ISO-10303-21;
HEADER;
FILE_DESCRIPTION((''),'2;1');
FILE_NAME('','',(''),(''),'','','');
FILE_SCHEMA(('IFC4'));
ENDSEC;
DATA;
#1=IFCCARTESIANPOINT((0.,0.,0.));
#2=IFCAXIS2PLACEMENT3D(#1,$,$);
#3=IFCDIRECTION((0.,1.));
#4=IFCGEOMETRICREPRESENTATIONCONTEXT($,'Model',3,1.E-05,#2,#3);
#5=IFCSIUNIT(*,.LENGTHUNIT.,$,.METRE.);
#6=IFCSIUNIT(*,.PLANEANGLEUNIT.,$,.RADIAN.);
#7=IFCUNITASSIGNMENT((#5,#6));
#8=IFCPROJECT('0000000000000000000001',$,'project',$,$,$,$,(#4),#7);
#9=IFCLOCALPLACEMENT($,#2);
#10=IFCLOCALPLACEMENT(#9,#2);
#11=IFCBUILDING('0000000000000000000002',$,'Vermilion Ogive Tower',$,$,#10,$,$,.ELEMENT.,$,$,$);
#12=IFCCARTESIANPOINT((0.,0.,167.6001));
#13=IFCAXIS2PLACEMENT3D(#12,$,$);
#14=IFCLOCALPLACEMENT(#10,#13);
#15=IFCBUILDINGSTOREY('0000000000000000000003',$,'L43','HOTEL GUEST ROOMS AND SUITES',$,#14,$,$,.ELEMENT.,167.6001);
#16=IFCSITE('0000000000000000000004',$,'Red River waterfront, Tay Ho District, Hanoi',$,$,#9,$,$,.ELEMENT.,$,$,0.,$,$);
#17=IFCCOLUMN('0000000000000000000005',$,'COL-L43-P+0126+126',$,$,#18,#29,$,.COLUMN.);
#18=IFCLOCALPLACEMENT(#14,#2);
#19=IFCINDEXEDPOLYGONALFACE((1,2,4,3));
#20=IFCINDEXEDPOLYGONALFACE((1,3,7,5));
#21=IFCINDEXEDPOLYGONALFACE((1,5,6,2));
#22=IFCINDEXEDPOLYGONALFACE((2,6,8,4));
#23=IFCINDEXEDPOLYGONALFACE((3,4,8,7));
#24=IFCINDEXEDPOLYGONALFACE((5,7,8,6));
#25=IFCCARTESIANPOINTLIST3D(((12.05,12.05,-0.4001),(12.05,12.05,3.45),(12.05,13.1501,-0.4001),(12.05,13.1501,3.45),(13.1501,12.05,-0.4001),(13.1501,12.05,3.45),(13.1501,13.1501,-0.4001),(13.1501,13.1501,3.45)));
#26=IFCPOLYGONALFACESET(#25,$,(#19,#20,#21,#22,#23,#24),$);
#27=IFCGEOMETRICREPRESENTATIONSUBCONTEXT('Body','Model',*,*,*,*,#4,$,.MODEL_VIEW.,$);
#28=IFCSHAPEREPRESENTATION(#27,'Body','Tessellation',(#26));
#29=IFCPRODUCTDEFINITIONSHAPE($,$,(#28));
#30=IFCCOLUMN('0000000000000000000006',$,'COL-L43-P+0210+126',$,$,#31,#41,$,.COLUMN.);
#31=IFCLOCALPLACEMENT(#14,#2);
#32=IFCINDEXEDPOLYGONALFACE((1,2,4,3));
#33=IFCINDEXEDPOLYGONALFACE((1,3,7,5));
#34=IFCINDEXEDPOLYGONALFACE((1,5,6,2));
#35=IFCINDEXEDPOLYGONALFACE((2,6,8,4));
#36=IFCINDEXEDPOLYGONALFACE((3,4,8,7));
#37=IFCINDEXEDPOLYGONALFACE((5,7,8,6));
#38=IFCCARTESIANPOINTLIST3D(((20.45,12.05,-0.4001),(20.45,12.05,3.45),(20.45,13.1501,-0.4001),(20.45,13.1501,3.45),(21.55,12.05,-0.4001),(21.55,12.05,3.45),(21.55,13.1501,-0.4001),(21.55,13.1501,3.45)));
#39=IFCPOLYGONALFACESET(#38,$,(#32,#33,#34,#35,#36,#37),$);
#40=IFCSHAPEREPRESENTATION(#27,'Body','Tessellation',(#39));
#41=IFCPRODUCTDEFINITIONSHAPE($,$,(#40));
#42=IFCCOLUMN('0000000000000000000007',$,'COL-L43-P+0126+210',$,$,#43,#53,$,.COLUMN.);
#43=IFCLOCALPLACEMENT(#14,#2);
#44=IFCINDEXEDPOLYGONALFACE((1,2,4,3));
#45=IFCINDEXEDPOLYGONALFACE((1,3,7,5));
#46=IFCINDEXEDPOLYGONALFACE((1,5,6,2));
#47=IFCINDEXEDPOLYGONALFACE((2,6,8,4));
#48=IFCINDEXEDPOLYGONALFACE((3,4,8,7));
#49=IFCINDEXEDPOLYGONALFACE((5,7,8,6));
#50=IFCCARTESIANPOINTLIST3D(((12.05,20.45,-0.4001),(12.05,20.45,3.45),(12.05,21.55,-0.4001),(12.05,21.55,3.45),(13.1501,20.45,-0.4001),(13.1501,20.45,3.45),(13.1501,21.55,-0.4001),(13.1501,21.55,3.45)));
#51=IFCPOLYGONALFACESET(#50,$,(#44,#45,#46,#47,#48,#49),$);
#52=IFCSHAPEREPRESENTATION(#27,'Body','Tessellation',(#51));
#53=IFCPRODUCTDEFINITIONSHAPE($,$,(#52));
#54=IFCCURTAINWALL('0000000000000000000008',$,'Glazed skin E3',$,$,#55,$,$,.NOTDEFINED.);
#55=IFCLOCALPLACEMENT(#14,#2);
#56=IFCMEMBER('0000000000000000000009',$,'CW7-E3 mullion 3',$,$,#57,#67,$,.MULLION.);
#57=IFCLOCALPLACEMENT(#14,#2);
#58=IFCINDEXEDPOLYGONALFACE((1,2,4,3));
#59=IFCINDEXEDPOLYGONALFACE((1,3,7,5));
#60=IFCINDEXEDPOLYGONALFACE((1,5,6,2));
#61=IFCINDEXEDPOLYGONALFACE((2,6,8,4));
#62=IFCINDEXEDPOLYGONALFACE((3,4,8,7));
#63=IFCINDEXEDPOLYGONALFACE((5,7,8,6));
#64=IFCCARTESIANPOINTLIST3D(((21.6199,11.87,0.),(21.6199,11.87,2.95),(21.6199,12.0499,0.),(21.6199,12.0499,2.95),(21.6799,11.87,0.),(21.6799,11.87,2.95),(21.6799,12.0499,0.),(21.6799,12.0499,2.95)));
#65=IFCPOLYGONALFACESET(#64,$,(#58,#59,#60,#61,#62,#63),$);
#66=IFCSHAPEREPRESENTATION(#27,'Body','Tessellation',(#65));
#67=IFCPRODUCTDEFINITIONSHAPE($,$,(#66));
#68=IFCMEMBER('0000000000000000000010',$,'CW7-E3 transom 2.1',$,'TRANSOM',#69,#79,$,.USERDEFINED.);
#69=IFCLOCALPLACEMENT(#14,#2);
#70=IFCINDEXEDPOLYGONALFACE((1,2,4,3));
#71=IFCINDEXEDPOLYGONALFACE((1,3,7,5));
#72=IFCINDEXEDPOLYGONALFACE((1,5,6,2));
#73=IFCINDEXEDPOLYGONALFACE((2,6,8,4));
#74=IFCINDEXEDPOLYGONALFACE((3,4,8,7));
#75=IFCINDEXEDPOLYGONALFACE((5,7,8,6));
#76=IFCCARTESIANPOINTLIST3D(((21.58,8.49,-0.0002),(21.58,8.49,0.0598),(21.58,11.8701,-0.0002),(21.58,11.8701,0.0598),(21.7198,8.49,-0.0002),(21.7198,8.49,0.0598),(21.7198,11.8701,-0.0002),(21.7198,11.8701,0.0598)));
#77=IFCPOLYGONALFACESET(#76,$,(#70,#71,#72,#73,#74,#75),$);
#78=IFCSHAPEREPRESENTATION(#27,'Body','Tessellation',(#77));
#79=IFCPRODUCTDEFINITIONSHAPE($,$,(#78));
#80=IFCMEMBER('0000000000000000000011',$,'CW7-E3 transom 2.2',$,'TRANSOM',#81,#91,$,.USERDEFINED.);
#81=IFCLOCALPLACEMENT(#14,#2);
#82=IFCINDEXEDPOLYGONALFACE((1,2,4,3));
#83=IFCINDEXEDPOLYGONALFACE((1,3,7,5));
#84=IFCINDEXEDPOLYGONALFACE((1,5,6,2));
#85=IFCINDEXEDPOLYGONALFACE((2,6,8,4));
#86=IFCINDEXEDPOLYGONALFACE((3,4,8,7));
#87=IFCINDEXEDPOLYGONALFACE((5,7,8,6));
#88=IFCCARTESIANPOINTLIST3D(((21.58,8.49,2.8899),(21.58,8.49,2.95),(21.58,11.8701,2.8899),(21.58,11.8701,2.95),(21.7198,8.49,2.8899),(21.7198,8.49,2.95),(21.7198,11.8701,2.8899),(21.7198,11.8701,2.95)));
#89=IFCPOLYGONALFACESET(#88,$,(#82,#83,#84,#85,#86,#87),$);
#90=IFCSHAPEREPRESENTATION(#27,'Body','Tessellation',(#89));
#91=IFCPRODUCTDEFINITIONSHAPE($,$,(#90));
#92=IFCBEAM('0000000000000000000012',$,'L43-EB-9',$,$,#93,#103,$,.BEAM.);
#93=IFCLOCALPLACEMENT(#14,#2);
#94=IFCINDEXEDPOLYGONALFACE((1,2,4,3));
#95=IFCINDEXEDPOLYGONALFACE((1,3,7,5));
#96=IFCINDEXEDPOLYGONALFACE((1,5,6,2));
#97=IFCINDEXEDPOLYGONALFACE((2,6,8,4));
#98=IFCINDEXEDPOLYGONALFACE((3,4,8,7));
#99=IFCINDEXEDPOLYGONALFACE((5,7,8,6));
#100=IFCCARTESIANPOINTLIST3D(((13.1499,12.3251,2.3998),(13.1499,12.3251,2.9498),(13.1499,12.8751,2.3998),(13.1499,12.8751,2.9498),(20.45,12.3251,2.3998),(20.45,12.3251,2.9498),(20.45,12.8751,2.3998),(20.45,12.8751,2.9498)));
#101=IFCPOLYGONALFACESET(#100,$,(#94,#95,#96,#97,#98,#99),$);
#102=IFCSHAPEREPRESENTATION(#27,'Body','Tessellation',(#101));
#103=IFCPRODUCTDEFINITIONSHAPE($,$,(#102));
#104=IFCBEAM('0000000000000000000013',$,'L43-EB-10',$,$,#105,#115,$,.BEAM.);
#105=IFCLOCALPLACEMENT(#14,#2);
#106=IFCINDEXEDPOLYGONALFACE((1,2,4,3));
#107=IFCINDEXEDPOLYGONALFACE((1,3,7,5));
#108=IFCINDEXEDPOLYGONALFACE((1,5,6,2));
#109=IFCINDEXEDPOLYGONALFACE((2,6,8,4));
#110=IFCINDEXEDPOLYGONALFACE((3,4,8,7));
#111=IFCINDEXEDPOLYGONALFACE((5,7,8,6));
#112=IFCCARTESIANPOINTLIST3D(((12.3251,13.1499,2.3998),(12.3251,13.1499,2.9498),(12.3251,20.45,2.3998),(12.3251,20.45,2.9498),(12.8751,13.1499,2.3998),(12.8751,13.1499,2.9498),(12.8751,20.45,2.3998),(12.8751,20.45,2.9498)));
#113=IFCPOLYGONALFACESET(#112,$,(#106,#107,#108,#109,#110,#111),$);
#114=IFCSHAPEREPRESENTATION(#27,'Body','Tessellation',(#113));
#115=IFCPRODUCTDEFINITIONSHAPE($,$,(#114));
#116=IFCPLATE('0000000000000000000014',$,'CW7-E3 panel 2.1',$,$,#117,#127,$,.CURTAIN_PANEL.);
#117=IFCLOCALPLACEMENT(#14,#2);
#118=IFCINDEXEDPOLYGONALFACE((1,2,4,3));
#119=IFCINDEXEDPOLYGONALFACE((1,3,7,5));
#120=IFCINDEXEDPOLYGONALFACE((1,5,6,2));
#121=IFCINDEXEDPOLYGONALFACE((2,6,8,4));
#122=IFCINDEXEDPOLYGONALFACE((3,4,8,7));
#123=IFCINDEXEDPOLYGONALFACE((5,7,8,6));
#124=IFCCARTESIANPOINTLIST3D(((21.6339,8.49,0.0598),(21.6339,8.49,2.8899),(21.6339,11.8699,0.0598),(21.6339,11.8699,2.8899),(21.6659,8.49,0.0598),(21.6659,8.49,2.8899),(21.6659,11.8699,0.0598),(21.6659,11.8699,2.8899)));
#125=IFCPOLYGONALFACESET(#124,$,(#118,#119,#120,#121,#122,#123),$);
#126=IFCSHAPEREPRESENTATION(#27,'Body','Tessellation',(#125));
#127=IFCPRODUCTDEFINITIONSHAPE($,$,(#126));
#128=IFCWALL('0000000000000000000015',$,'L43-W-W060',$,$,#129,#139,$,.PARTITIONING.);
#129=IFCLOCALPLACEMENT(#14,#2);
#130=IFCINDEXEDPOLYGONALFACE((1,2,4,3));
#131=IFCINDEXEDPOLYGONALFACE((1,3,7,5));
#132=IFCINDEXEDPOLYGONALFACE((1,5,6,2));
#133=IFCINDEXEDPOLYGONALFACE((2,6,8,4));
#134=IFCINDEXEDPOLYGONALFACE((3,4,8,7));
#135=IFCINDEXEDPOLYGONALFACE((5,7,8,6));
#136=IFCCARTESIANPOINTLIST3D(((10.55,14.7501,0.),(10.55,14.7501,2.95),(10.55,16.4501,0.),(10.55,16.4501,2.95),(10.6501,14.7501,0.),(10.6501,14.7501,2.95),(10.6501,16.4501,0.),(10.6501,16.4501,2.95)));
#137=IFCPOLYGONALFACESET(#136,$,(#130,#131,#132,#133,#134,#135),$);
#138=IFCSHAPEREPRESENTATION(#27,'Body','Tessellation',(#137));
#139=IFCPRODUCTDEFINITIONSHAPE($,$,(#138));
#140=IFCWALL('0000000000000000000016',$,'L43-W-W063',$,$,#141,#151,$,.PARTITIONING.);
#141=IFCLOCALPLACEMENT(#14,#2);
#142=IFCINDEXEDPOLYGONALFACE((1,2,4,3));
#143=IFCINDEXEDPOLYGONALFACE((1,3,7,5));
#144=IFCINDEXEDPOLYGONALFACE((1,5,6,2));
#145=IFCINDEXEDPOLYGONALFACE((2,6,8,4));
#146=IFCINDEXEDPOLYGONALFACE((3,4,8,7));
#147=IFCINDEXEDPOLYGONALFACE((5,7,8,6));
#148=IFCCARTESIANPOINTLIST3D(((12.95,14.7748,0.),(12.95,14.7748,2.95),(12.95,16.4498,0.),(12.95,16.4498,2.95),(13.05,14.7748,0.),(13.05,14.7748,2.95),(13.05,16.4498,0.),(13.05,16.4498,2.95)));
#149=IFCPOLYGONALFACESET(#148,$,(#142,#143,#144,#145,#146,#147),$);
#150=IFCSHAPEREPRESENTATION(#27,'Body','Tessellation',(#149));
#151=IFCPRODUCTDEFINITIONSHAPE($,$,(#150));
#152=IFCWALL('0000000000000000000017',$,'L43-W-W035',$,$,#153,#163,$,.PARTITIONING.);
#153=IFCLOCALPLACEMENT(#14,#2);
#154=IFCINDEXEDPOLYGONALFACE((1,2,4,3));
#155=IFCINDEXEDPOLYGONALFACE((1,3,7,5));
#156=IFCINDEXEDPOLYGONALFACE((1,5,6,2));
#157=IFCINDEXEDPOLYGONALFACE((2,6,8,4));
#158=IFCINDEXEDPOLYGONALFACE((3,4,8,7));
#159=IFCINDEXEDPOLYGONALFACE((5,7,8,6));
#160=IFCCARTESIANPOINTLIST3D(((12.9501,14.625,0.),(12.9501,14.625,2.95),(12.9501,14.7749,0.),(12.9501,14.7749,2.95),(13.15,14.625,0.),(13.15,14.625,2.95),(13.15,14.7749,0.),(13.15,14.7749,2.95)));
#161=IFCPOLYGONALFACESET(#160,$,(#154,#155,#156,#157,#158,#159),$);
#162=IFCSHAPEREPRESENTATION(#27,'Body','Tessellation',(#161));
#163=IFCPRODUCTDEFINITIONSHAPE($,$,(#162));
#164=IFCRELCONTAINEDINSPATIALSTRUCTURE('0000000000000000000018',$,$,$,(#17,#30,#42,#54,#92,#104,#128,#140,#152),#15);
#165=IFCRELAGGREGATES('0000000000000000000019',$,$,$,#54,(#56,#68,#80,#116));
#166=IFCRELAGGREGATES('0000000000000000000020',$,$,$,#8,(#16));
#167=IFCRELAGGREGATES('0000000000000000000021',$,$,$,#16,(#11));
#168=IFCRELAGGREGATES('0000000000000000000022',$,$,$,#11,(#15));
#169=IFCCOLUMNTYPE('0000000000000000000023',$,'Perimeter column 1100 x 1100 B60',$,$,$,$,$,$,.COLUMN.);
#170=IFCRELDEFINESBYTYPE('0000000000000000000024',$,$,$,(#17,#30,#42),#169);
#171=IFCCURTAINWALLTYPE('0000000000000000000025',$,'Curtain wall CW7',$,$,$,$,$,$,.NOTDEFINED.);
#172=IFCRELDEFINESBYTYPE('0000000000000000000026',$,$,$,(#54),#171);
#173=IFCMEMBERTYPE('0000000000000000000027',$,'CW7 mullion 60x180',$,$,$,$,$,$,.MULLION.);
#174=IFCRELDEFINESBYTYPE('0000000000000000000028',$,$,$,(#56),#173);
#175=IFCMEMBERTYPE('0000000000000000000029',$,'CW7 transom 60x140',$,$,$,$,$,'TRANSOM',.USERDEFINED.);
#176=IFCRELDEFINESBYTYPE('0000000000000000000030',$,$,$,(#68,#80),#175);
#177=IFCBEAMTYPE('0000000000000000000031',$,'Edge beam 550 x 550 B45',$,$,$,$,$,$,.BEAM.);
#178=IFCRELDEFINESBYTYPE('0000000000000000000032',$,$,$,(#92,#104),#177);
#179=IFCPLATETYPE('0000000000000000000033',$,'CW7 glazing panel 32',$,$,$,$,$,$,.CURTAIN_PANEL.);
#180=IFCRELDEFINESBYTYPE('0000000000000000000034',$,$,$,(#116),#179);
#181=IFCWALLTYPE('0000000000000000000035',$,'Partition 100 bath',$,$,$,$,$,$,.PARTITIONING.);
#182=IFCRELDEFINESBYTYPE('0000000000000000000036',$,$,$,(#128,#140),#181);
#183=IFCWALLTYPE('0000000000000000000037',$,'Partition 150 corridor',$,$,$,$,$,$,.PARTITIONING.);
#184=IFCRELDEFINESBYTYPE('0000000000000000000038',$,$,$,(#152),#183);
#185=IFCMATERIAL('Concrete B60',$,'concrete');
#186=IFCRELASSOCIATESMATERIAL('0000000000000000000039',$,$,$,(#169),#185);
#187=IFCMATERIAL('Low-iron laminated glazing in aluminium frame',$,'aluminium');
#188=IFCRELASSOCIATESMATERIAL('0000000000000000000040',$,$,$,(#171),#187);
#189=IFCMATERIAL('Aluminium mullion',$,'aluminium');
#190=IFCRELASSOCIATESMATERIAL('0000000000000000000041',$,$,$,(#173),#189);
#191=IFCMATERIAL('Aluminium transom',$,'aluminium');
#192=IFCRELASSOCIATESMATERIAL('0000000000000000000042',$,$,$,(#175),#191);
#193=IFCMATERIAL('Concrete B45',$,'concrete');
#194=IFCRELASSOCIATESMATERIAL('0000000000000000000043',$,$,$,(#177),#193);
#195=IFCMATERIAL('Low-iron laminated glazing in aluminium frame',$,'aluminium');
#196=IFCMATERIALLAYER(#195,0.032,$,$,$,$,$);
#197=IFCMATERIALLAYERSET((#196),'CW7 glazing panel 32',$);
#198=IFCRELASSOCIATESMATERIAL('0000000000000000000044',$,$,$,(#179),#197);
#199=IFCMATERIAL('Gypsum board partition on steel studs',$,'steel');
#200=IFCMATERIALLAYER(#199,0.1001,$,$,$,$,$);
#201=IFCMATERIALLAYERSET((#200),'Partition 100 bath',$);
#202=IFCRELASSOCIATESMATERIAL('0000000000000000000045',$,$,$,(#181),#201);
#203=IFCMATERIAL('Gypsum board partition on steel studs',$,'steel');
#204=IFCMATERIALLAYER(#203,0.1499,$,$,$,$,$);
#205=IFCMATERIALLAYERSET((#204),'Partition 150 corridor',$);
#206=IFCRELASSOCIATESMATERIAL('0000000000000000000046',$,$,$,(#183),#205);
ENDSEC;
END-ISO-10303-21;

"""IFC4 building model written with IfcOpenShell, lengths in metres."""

from ifc_helpers import new_model, si_unit, direction, frame, frame_2d, origin, origin_2d, place, context, subcontext, project, spatial, rectangle, extrude, material, layer, layer_set, material_profile, profile_set, type_object, element, aggregate, save


model = new_model("IFC4")

# Units and contexts
model_context = context("Model", 3, precision=1e-05, world=origin(), true_north=direction((0.0, 1.0)))
body_context = subcontext(model_context, "Body", "Model", "MODEL_VIEW")
ifc_project = project(units=[si_unit("LENGTHUNIT", "METRE"), si_unit("PLANEANGLEUNIT", "RADIAN")], contexts=[model_context])

# Site, building, storey
site_placement = place(None, origin())
site = spatial("IfcSite", under=ifc_project, at=site_placement, Name="Red River waterfront, Tay Ho District, Hanoi", CompositionType="ELEMENT", RefElevation=0.0)
building_placement = place(site_placement, origin())
building = spatial("IfcBuilding", under=site, at=building_placement, Name="Vermilion Ogive Tower", CompositionType="ELEMENT")
storey_placement = place(building_placement, frame((0.0, 0.0, 167.6001)))
storey = spatial("IfcBuildingStorey", under=building, at=storey_placement, Name="L43", Description="HOTEL GUEST ROOMS AND SUITES", CompositionType="ELEMENT", Elevation=167.6001)

# Columns
ifc_material_1 = material(Name="Concrete B60", Category="concrete")
ifc_material_profile_1 = material_profile(ifc_material_1, rectangle(XDim=1.1001, YDim=1.1001, at=origin_2d()), Name="1100 x 1100")
ifc_profile_set_1 = profile_set([ifc_material_profile_1], Name="Concrete B60")
column_type = type_object("IfcColumnType", Name="Perimeter column 1100 x 1100 B60", PredefinedType="COLUMN", material=ifc_profile_set_1)
for number, where, z_axis, x_axis, name in (
    (1, (12.6001, 12.6001, -0.4001), (0.0, 0.0, 1.0), (1.0, 0.0, 0.0), "COL-L43-P+0126+126"),
    (2, (21.0, 12.6001, -0.4001), (0.0, 0.0, 1.0), (1.0, 0.0, 0.0), "COL-L43-P+0210+126"),
    (3, (12.6001, 21.0, -0.4001), (0.0, 0.0, 1.0), (1.0, 0.0, 0.0), "COL-L43-P+0126+210"),
):
    element("IfcColumn", number, at=place(storey_placement, frame(where, z_axis=z_axis, x_axis=x_axis)), inside=storey, type_object=column_type, Name=name, PredefinedType="COLUMN", context=body_context, shape_type="SweptSolid", body=[
        extrude(rectangle(XDim=1.1001, YDim=1.1001, at=origin_2d()), origin(), (0.0, 0.0, 1.0), 3.8501),
    ])

# Curtain wall, members
ifc_material_2 = material(Name="Low-iron laminated glazing in aluminium frame", Category="aluminium")
curtain_wall_type = type_object("IfcCurtainWallType", Name="Curtain wall CW7", PredefinedType="NOTDEFINED", material=ifc_material_2)
curtain_wall_placement = place(storey_placement, origin())
curtain_wall = element("IfcCurtainWall", 4, at=curtain_wall_placement, inside=storey, type_object=curtain_wall_type, Name="Glazed skin E3", PredefinedType="NOTDEFINED")
ifc_material_3 = material(Name="Aluminium mullion", Category="aluminium")
ifc_material_profile_2 = material_profile(ifc_material_3, rectangle(XDim=0.0601, YDim=0.1799, at=origin_2d()), Name="AL 60x180")
ifc_profile_set_2 = profile_set([ifc_material_profile_2], Name="Aluminium mullion")
member_type_1 = type_object("IfcMemberType", Name="CW7 mullion 60x180", PredefinedType="MULLION", material=ifc_profile_set_2)
member_1_placement = place(storey_placement, frame((21.6499, 11.96, 0.0), z_axis=(0.0, 0.0, 1.0), x_axis=(-1.0, 0.0, 0.0)))
member_1 = element("IfcMember", 5, at=member_1_placement, type_object=member_type_1, Name="CW7-E3 mullion 3", PredefinedType="MULLION", context=body_context, shape_type="SweptSolid", body=[
    extrude(rectangle(XDim=0.0601, YDim=0.1799, at=origin_2d()), origin(), (0.0, 0.0, 1.0), 2.95),
])
ifc_material_4 = material(Name="Aluminium transom", Category="aluminium")
ifc_material_profile_3 = material_profile(ifc_material_4, rectangle(XDim=0.1399, YDim=0.0601, at=origin_2d()), Name="AL 60x140")
ifc_profile_set_3 = profile_set([ifc_material_profile_3], Name="Aluminium transom")
member_type_2 = type_object("IfcMemberType", Name="CW7 transom 60x140", ElementType="TRANSOM", PredefinedType="USERDEFINED", material=ifc_profile_set_3)
member_2_placement = place(storey_placement, frame((21.6499, 8.49, 0.0298), z_axis=(0.0, 1.0, 0.0), x_axis=(-1.0, 0.0, 0.0)))
member_2 = element("IfcMember", 6, at=member_2_placement, type_object=member_type_2, Name="CW7-E3 transom 2.1", ObjectType="TRANSOM", PredefinedType="USERDEFINED", context=body_context, shape_type="SweptSolid", body=[
    extrude(rectangle(XDim=0.1399, YDim=0.0601, at=origin_2d()), origin(), (0.0, 0.0, 1.0), 3.3801),
])
member_3_placement = place(storey_placement, frame((21.6499, 8.49, 2.9199), z_axis=(0.0, 1.0, 0.0), x_axis=(-1.0, 0.0, 0.0)))
member_3 = element("IfcMember", 7, at=member_3_placement, type_object=member_type_2, Name="CW7-E3 transom 2.2", ObjectType="TRANSOM", PredefinedType="USERDEFINED", context=body_context, shape_type="SweptSolid", body=[
    extrude(rectangle(XDim=0.1399, YDim=0.0601, at=origin_2d()), origin(), (0.0, 0.0, 1.0), 3.3801),
])

# Beams
ifc_material_5 = material(Name="Concrete B45", Category="concrete")
ifc_material_profile_4 = material_profile(ifc_material_5, rectangle(XDim=0.55, YDim=0.55, at=origin_2d()), Name="550 x 550")
ifc_profile_set_4 = profile_set([ifc_material_profile_4], Name="Concrete B45")
beam_type = type_object("IfcBeamType", Name="Edge beam 550 x 550 B45", PredefinedType="BEAM", material=ifc_profile_set_4)
for number, where, z_axis, x_axis, name in (
    (8, (20.45, 12.6001, 2.6748), (-1.0, 0.0, 0.0), (0.0, -1.0, 0.0), "L43-EB-9"),
    (9, (12.6001, 13.1499, 2.6748), (0.0, 1.0, 0.0), (-1.0, 0.0, 0.0), "L43-EB-10"),
):
    element("IfcBeam", number, at=place(storey_placement, frame(where, z_axis=z_axis, x_axis=x_axis)), inside=storey, type_object=beam_type, Name=name, PredefinedType="BEAM", context=body_context, shape_type="SweptSolid", body=[
        extrude(rectangle(XDim=0.55, YDim=0.55, at=origin_2d()), origin(), (0.0, 0.0, 1.0), 7.3),
    ])

# Plate
ifc_material_6 = material(Name="Low-iron laminated glazing in aluminium frame", Category="aluminium")
ifc_layer_1 = layer(ifc_material_6, 0.032)
ifc_layer_set_1 = layer_set([ifc_layer_1], Name="CW7 glazing panel 32")
plate_type = type_object("IfcPlateType", Name="CW7 glazing panel 32", PredefinedType="CURTAIN_PANEL", material=ifc_layer_set_1)
plate_placement = place(storey_placement, frame((21.6499, 10.1799, 0.0598), z_axis=(0.0, 0.0, 1.0), x_axis=(0.0, 1.0, 0.0)))
plate = element("IfcPlate", 10, at=plate_placement, type_object=plate_type, Name="CW7-E3 panel 2.1", PredefinedType="CURTAIN_PANEL", context=body_context, shape_type="SweptSolid", body=[
    extrude(rectangle(XDim=3.3799, YDim=0.032, at=origin_2d()), origin(), (0.0, 0.0, 1.0), 2.8301),
])
aggregate(curtain_wall, [member_1, member_2, member_3, plate])

# Walls
ifc_material_7 = material(Name="Gypsum board partition on steel studs", Category="steel")
ifc_layer_2 = layer(ifc_material_7, 0.1001)
ifc_layer_set_2 = layer_set([ifc_layer_2], Name="Partition 100 bath")
wall_type_1 = type_object("IfcWallType", Name="Partition 100 bath", PredefinedType="PARTITIONING", material=ifc_layer_set_2)
wall_1_placement = place(storey_placement, frame((10.6001, 14.75, 0.0), z_axis=(0.0, 0.0, 1.0), x_axis=(0.0, 1.0, 0.0)))
element("IfcWall", 11, at=wall_1_placement, inside=storey, type_object=wall_type_1, Name="L43-W-W060", PredefinedType="PARTITIONING", context=body_context, shape_type="SweptSolid", body=[
    extrude(rectangle(XDim=1.7, YDim=0.1001, at=frame_2d((0.8501, 0.0))), origin(), (0.0, 0.0, 1.0), 2.95),
])
wall_2_placement = place(storey_placement, frame((13.0, 14.7749, 0.0), z_axis=(0.0, 0.0, 1.0), x_axis=(0.0, 1.0, 0.0)))
element("IfcWall", 12, at=wall_2_placement, inside=storey, type_object=wall_type_1, Name="L43-W-W063", PredefinedType="PARTITIONING", context=body_context, shape_type="SweptSolid", body=[
    extrude(rectangle(XDim=1.675, YDim=0.1001, at=frame_2d((0.8374, 0.0))), origin(), (0.0, 0.0, 1.0), 2.95),
])
ifc_material_8 = material(Name="Gypsum board partition on steel studs", Category="steel")
ifc_layer_3 = layer(ifc_material_8, 0.1499)
ifc_layer_set_3 = layer_set([ifc_layer_3], Name="Partition 150 corridor")
wall_type_2 = type_object("IfcWallType", Name="Partition 150 corridor", PredefinedType="PARTITIONING", material=ifc_layer_set_3)
wall_3_placement = place(storey_placement, frame((12.95, 14.7, 0.0), z_axis=(0.0, 0.0, 1.0), x_axis=(1.0, 0.0, 0.0)))
element("IfcWall", 13, at=wall_3_placement, inside=storey, type_object=wall_type_2, Name="L43-W-W035", PredefinedType="PARTITIONING", context=body_context, shape_type="SweptSolid", body=[
    extrude(rectangle(XDim=0.2, YDim=0.1499, at=frame_2d((0.1001, 0.0))), origin(), (0.0, 0.0, 1.0), 2.95),
])

save(model, "model.ifc")
